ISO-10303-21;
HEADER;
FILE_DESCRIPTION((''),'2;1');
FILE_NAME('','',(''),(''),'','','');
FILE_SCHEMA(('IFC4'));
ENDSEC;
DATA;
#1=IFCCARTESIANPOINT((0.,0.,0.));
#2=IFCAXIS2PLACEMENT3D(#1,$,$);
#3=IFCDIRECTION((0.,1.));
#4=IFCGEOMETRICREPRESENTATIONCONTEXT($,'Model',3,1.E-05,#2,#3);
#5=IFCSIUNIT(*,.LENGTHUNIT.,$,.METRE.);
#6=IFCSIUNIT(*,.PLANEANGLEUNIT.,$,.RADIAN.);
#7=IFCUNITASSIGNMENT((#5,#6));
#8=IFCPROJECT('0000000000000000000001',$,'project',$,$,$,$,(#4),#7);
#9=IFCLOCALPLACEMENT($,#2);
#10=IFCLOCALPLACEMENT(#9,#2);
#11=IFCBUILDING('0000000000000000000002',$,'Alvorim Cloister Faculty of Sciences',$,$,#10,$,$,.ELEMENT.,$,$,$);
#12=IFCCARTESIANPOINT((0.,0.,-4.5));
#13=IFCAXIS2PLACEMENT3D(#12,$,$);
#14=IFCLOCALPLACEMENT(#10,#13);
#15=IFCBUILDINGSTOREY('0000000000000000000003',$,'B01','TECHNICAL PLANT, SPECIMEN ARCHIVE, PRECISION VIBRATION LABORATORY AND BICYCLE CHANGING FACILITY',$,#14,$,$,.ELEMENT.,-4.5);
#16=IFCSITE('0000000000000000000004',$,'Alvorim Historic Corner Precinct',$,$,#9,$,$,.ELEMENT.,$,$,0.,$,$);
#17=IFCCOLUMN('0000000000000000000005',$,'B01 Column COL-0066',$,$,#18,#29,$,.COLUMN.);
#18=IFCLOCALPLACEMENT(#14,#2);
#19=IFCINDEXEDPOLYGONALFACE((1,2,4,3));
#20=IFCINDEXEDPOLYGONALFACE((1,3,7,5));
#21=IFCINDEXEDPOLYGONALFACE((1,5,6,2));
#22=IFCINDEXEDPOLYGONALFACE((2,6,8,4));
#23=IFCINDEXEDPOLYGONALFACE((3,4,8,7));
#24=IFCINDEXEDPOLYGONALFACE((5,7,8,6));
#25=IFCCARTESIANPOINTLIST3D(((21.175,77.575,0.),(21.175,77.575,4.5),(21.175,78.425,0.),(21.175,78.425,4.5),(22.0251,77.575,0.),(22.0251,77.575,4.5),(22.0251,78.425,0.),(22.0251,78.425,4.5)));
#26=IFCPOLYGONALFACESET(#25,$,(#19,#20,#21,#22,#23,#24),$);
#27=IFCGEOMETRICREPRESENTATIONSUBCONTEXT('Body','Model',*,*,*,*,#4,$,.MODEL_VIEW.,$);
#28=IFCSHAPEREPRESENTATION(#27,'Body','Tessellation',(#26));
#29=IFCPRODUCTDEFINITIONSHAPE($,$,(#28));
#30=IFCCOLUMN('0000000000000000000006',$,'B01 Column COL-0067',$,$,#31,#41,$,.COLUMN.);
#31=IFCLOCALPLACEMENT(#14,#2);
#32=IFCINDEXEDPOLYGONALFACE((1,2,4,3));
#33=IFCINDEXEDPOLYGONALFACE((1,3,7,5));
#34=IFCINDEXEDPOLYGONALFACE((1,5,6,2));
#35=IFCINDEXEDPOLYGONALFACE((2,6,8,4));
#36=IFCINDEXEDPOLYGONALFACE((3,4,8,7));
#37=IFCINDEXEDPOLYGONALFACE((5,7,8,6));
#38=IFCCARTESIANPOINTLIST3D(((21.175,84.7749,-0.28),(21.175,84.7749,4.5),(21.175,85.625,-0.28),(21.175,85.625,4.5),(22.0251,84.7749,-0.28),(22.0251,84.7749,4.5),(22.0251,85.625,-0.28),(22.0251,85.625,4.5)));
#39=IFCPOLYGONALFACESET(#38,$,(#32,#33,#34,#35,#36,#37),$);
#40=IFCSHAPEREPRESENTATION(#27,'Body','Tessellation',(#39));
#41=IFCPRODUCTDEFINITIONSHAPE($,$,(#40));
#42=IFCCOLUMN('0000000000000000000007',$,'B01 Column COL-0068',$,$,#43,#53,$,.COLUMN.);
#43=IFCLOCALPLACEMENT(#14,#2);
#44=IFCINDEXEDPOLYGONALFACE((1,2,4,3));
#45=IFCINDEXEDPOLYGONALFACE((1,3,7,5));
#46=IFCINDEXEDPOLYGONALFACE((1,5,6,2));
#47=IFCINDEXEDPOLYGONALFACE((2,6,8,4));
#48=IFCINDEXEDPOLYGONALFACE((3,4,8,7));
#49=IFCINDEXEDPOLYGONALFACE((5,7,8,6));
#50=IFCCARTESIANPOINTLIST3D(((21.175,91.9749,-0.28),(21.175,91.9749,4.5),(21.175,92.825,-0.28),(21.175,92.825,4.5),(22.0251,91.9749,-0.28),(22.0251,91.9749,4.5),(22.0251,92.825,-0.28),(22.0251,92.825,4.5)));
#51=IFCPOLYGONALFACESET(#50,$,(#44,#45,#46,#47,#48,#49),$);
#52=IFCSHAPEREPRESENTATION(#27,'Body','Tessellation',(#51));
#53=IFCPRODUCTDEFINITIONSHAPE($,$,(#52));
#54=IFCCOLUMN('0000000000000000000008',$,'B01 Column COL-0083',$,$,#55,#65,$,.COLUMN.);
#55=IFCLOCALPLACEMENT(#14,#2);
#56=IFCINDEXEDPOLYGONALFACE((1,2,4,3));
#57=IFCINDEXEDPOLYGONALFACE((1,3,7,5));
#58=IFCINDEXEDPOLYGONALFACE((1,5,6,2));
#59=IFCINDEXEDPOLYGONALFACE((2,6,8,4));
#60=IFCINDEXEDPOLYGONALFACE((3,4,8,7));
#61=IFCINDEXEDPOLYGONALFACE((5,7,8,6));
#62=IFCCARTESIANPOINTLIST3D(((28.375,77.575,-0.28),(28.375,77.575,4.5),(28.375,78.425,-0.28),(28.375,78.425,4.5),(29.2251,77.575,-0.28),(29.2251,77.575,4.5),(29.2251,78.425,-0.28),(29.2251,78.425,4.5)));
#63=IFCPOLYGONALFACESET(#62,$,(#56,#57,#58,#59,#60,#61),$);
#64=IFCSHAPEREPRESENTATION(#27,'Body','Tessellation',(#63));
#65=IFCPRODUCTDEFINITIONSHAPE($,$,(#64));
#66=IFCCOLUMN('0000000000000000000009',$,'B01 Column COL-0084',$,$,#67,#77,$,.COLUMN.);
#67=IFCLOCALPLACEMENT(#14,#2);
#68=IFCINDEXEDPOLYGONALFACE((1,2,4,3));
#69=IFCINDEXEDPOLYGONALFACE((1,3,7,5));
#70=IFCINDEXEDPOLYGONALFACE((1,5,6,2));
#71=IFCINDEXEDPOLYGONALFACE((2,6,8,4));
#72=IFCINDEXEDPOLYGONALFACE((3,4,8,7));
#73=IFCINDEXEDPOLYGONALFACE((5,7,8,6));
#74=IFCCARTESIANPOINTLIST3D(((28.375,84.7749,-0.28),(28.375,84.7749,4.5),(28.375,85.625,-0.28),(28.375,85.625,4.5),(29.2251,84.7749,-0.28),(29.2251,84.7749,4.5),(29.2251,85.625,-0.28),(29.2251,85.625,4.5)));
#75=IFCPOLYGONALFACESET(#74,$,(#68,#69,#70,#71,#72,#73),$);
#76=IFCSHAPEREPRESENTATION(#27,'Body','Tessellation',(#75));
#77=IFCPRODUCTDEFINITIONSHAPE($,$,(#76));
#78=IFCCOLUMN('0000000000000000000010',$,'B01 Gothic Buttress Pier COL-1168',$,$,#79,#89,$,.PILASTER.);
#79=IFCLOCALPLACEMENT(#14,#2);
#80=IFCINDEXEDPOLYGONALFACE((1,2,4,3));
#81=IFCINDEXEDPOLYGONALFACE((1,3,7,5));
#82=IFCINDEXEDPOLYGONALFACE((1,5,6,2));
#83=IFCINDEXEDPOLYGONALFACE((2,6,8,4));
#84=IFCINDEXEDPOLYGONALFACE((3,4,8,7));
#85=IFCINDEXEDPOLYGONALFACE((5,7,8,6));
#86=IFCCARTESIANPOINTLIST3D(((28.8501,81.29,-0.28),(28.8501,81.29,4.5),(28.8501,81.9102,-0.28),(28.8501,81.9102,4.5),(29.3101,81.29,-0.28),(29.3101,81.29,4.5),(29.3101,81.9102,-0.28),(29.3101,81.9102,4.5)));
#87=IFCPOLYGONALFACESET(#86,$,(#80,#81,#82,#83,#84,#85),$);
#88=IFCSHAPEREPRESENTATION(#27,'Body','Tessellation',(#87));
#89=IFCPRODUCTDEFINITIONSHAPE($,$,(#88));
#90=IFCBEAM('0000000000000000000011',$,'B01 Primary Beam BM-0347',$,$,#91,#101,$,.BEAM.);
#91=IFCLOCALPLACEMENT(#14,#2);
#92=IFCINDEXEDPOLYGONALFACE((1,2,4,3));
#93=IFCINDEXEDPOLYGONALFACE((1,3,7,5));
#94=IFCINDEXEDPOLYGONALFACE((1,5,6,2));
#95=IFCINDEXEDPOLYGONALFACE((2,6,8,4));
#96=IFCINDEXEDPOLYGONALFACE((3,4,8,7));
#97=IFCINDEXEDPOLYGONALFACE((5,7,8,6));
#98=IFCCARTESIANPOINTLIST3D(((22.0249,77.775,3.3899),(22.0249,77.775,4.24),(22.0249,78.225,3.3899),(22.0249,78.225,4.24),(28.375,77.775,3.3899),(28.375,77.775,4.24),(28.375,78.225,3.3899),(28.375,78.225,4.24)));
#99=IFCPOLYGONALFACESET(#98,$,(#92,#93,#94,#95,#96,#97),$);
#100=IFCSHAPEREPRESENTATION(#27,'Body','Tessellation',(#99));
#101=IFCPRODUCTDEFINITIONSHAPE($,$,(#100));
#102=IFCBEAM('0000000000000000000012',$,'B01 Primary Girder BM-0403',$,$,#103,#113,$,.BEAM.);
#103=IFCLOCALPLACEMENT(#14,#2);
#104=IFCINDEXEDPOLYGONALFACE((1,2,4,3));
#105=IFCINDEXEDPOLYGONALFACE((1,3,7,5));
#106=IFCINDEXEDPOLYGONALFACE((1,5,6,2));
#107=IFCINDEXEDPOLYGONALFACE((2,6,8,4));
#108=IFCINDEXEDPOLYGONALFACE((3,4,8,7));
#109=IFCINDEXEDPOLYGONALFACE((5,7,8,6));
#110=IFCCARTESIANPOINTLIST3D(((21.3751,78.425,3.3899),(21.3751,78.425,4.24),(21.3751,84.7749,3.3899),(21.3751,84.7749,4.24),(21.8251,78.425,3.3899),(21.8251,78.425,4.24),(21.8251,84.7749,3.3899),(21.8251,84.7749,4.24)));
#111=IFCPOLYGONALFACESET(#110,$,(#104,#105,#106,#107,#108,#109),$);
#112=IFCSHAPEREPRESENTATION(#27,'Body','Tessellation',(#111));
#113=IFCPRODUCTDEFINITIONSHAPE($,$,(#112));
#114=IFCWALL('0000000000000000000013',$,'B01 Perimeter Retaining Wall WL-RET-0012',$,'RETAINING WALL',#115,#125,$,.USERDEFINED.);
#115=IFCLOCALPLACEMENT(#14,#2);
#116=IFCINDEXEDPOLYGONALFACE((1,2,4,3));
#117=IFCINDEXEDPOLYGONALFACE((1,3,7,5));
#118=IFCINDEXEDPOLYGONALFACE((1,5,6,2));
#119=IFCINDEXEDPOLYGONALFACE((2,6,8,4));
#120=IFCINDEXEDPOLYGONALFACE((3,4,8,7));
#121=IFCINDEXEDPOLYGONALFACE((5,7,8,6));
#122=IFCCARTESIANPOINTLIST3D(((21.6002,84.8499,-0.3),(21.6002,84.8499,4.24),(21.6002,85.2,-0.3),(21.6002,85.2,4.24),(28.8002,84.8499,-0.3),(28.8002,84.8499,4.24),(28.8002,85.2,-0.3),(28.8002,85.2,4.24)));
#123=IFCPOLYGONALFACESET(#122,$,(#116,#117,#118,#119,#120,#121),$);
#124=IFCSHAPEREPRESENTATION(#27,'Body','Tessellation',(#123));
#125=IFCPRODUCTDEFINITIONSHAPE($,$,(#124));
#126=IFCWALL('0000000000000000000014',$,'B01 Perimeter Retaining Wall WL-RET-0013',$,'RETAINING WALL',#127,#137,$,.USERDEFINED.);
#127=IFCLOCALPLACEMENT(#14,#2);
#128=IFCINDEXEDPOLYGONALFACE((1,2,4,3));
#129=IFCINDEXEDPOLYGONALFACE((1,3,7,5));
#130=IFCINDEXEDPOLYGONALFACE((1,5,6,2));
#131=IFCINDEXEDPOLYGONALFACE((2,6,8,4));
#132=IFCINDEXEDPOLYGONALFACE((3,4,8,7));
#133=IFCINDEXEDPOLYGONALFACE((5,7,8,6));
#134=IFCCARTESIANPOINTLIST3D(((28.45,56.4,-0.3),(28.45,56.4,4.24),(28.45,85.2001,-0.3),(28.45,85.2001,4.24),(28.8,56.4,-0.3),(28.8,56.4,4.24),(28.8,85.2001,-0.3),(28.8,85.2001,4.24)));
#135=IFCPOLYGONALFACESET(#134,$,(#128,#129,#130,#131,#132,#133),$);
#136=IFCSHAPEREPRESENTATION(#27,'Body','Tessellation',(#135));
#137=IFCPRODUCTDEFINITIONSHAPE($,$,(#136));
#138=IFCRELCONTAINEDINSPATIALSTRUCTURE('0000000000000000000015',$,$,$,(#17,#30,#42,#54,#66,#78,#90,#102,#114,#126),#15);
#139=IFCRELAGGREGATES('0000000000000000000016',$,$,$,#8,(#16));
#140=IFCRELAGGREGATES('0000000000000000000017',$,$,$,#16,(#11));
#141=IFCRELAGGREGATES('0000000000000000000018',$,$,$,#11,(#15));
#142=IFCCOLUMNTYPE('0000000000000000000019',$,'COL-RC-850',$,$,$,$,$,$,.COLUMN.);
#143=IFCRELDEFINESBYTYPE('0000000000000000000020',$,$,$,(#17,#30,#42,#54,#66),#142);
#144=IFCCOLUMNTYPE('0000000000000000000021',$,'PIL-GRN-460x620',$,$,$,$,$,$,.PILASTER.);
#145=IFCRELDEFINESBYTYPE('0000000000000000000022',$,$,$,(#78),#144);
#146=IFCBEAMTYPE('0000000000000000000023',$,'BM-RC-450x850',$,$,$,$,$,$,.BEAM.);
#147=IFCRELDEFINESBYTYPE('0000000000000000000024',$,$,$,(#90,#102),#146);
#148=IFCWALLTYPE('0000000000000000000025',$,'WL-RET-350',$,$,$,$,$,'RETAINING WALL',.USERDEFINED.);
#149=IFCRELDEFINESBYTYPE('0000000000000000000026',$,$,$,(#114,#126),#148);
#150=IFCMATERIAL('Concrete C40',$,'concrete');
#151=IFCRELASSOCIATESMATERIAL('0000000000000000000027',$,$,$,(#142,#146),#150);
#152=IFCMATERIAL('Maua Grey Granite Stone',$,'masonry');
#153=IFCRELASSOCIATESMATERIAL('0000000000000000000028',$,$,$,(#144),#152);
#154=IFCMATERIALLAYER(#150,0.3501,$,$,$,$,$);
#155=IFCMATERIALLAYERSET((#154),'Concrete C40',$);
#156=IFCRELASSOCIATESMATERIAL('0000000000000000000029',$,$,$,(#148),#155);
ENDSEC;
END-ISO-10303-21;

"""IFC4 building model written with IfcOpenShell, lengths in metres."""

from ifc_helpers import new_model, si_unit, direction, frame, frame_2d, origin, origin_2d, place, context, subcontext, project, spatial, rectangle, extrude, material, layer, layer_set, material_profile, profile_set, type_object, element, save


model = new_model("IFC4")

# Units and contexts
model_context = context("Model", 3, precision=1e-05, world=origin(), true_north=direction((0.0, 1.0)))
body_context = subcontext(model_context, "Body", "Model", "MODEL_VIEW")
ifc_project = project(units=[si_unit("LENGTHUNIT", "METRE"), si_unit("PLANEANGLEUNIT", "RADIAN")], contexts=[model_context])

# Site, building, storey
site_placement = place(None, origin())
site = spatial("IfcSite", under=ifc_project, at=site_placement, Name="Alvorim Historic Corner Precinct", CompositionType="ELEMENT", RefElevation=0.0)
building_placement = place(site_placement, origin())
building = spatial("IfcBuilding", under=site, at=building_placement, Name="Alvorim Cloister Faculty of Sciences", CompositionType="ELEMENT")
storey_placement = place(building_placement, frame((0.0, 0.0, -4.5)))
storey = spatial("IfcBuildingStorey", under=building, at=storey_placement, Name="B01", Description="TECHNICAL PLANT, SPECIMEN ARCHIVE, PRECISION VIBRATION LABORATORY AND BICYCLE CHANGING FACILITY", CompositionType="ELEMENT", Elevation=-4.5)

# Shared definitions
ifc_material_1 = material(Name="Concrete C40", Category="concrete")

# Columns
ifc_material_profile_1 = material_profile(ifc_material_1, rectangle(XDim=0.8501, YDim=0.8501, at=origin_2d()), Name="RC40-COL-850x850")
ifc_profile_set_1 = profile_set([ifc_material_profile_1], Name="Concrete C40")
column_type_1 = type_object("IfcColumnType", Name="COL-RC-850", PredefinedType="COLUMN", material=ifc_profile_set_1)
column_1_placement = place(storey_placement, frame((21.6001, 78.0, 0.0), z_axis=(0.0, 0.0, 1.0), x_axis=(1.0, 0.0, 0.0)))
element("IfcColumn", 1, at=column_1_placement, inside=storey, type_object=column_type_1, Name="B01 Column COL-0066", PredefinedType="COLUMN", context=body_context, shape_type="SweptSolid", body=[
    extrude(rectangle(XDim=0.8501, YDim=0.8501, at=origin_2d()), origin(), (0.0, 0.0, 1.0), 4.5),
])
for number, where, z_axis, x_axis, name in (
    (2, (21.6001, 85.2, -0.28), (0.0, 0.0, 1.0), (1.0, 0.0, 0.0), "B01 Column COL-0067"),
    (3, (21.6001, 92.3999, -0.28), (0.0, 0.0, 1.0), (1.0, 0.0, 0.0), "B01 Column COL-0068"),
    (4, (28.8, 78.0, -0.28), (0.0, 0.0, 1.0), (1.0, 0.0, 0.0), "B01 Column COL-0083"),
    (5, (28.8, 85.2, -0.28), (0.0, 0.0, 1.0), (1.0, 0.0, 0.0), "B01 Column COL-0084"),
):
    element("IfcColumn", number, at=place(storey_placement, frame(where, z_axis=z_axis, x_axis=x_axis)), inside=storey, type_object=column_type_1, Name=name, PredefinedType="COLUMN", context=body_context, shape_type="SweptSolid", body=[
        extrude(rectangle(XDim=0.8501, YDim=0.8501, at=origin_2d()), origin(), (0.0, 0.0, 1.0), 4.78),
    ])
ifc_material_2 = material(Name="Maua Grey Granite Stone", Category="masonry")
ifc_material_profile_2 = material_profile(ifc_material_2, rectangle(XDim=0.46, YDim=0.6201, at=origin_2d()), Name="GRN-PIER-460x620")
ifc_profile_set_2 = profile_set([ifc_material_profile_2], Name="Maua Grey Granite Stone")
column_type_2 = type_object("IfcColumnType", Name="PIL-GRN-460x620", PredefinedType="PILASTER", material=ifc_profile_set_2)
column_2_placement = place(storey_placement, frame((29.0801, 81.6001, -0.28), z_axis=(0.0, 0.0, 1.0), x_axis=(1.0, 0.0, 0.0)))
element("IfcColumn", 6, at=column_2_placement, inside=storey, type_object=column_type_2, Name="B01 Gothic Buttress Pier COL-1168", PredefinedType="PILASTER", context=body_context, shape_type="SweptSolid", body=[
    extrude(rectangle(XDim=0.46, YDim=0.6201, at=origin_2d()), origin(), (0.0, 0.0, 1.0), 4.78),
])

# Beams
ifc_material_profile_3 = material_profile(ifc_material_1, rectangle(XDim=0.45, YDim=0.8501, at=origin_2d()), Name="RC40-BM-450x850")
ifc_profile_set_3 = profile_set([ifc_material_profile_3], Name="Concrete C40")
beam_type = type_object("IfcBeamType", Name="BM-RC-450x850", PredefinedType="BEAM", material=ifc_profile_set_3)
beam_1_placement = place(storey_placement, frame((22.0249, 78.0, 3.8149), z_axis=(1.0, 0.0, 0.0), x_axis=(0.0, 1.0, 0.0)))
element("IfcBeam", 7, at=beam_1_placement, inside=storey, type_object=beam_type, Name="B01 Primary Beam BM-0347", PredefinedType="BEAM", context=body_context, shape_type="SweptSolid", body=[
    extrude(rectangle(XDim=0.45, YDim=0.8501, at=origin_2d()), origin(), (0.0, 0.0, 1.0), 6.3501),
])
beam_2_placement = place(storey_placement, frame((21.6001, 78.425, 3.8149), z_axis=(0.0, 1.0, 0.0), x_axis=(-1.0, 0.0, 0.0)))
element("IfcBeam", 8, at=beam_2_placement, inside=storey, type_object=beam_type, Name="B01 Primary Girder BM-0403", PredefinedType="BEAM", context=body_context, shape_type="SweptSolid", body=[
    extrude(rectangle(XDim=0.45, YDim=0.8501, at=origin_2d()), origin(), (0.0, 0.0, 1.0), 6.3499),
])

# Walls
ifc_layer = layer(ifc_material_1, 0.3501)
ifc_layer_set = layer_set([ifc_layer], Name="Concrete C40")
wall_type = type_object("IfcWallType", Name="WL-RET-350", ElementType="RETAINING WALL", PredefinedType="USERDEFINED", material=ifc_layer_set)
wall_1_placement = place(storey_placement, frame((21.6001, 85.0249, -0.3), z_axis=(0.0, 0.0, 1.0), x_axis=(1.0, 0.0, 0.0)))
element("IfcWall", 9, at=wall_1_placement, inside=storey, type_object=wall_type, Name="B01 Perimeter Retaining Wall WL-RET-0012", ObjectType="RETAINING WALL", PredefinedType="USERDEFINED", context=body_context, shape_type="SweptSolid", body=[
    extrude(rectangle(XDim=7.2, YDim=0.3501, at=frame_2d((3.6001, 0.0))), origin(), (0.0, 0.0, 1.0), 4.54),
])
wall_2_placement = place(storey_placement, frame((28.625, 85.2, -0.3), z_axis=(0.0, 0.0, 1.0), x_axis=(0.0, -1.0, 0.0)))
element("IfcWall", 10, at=wall_2_placement, inside=storey, type_object=wall_type, Name="B01 Perimeter Retaining Wall WL-RET-0013", ObjectType="RETAINING WALL", PredefinedType="USERDEFINED", context=body_context, shape_type="SweptSolid", body=[
    extrude(rectangle(XDim=28.8, YDim=0.3501, at=frame_2d((14.3999, 0.0))), origin(), (0.0, 0.0, 1.0), 4.54),
])

save(model, "model.ifc")
